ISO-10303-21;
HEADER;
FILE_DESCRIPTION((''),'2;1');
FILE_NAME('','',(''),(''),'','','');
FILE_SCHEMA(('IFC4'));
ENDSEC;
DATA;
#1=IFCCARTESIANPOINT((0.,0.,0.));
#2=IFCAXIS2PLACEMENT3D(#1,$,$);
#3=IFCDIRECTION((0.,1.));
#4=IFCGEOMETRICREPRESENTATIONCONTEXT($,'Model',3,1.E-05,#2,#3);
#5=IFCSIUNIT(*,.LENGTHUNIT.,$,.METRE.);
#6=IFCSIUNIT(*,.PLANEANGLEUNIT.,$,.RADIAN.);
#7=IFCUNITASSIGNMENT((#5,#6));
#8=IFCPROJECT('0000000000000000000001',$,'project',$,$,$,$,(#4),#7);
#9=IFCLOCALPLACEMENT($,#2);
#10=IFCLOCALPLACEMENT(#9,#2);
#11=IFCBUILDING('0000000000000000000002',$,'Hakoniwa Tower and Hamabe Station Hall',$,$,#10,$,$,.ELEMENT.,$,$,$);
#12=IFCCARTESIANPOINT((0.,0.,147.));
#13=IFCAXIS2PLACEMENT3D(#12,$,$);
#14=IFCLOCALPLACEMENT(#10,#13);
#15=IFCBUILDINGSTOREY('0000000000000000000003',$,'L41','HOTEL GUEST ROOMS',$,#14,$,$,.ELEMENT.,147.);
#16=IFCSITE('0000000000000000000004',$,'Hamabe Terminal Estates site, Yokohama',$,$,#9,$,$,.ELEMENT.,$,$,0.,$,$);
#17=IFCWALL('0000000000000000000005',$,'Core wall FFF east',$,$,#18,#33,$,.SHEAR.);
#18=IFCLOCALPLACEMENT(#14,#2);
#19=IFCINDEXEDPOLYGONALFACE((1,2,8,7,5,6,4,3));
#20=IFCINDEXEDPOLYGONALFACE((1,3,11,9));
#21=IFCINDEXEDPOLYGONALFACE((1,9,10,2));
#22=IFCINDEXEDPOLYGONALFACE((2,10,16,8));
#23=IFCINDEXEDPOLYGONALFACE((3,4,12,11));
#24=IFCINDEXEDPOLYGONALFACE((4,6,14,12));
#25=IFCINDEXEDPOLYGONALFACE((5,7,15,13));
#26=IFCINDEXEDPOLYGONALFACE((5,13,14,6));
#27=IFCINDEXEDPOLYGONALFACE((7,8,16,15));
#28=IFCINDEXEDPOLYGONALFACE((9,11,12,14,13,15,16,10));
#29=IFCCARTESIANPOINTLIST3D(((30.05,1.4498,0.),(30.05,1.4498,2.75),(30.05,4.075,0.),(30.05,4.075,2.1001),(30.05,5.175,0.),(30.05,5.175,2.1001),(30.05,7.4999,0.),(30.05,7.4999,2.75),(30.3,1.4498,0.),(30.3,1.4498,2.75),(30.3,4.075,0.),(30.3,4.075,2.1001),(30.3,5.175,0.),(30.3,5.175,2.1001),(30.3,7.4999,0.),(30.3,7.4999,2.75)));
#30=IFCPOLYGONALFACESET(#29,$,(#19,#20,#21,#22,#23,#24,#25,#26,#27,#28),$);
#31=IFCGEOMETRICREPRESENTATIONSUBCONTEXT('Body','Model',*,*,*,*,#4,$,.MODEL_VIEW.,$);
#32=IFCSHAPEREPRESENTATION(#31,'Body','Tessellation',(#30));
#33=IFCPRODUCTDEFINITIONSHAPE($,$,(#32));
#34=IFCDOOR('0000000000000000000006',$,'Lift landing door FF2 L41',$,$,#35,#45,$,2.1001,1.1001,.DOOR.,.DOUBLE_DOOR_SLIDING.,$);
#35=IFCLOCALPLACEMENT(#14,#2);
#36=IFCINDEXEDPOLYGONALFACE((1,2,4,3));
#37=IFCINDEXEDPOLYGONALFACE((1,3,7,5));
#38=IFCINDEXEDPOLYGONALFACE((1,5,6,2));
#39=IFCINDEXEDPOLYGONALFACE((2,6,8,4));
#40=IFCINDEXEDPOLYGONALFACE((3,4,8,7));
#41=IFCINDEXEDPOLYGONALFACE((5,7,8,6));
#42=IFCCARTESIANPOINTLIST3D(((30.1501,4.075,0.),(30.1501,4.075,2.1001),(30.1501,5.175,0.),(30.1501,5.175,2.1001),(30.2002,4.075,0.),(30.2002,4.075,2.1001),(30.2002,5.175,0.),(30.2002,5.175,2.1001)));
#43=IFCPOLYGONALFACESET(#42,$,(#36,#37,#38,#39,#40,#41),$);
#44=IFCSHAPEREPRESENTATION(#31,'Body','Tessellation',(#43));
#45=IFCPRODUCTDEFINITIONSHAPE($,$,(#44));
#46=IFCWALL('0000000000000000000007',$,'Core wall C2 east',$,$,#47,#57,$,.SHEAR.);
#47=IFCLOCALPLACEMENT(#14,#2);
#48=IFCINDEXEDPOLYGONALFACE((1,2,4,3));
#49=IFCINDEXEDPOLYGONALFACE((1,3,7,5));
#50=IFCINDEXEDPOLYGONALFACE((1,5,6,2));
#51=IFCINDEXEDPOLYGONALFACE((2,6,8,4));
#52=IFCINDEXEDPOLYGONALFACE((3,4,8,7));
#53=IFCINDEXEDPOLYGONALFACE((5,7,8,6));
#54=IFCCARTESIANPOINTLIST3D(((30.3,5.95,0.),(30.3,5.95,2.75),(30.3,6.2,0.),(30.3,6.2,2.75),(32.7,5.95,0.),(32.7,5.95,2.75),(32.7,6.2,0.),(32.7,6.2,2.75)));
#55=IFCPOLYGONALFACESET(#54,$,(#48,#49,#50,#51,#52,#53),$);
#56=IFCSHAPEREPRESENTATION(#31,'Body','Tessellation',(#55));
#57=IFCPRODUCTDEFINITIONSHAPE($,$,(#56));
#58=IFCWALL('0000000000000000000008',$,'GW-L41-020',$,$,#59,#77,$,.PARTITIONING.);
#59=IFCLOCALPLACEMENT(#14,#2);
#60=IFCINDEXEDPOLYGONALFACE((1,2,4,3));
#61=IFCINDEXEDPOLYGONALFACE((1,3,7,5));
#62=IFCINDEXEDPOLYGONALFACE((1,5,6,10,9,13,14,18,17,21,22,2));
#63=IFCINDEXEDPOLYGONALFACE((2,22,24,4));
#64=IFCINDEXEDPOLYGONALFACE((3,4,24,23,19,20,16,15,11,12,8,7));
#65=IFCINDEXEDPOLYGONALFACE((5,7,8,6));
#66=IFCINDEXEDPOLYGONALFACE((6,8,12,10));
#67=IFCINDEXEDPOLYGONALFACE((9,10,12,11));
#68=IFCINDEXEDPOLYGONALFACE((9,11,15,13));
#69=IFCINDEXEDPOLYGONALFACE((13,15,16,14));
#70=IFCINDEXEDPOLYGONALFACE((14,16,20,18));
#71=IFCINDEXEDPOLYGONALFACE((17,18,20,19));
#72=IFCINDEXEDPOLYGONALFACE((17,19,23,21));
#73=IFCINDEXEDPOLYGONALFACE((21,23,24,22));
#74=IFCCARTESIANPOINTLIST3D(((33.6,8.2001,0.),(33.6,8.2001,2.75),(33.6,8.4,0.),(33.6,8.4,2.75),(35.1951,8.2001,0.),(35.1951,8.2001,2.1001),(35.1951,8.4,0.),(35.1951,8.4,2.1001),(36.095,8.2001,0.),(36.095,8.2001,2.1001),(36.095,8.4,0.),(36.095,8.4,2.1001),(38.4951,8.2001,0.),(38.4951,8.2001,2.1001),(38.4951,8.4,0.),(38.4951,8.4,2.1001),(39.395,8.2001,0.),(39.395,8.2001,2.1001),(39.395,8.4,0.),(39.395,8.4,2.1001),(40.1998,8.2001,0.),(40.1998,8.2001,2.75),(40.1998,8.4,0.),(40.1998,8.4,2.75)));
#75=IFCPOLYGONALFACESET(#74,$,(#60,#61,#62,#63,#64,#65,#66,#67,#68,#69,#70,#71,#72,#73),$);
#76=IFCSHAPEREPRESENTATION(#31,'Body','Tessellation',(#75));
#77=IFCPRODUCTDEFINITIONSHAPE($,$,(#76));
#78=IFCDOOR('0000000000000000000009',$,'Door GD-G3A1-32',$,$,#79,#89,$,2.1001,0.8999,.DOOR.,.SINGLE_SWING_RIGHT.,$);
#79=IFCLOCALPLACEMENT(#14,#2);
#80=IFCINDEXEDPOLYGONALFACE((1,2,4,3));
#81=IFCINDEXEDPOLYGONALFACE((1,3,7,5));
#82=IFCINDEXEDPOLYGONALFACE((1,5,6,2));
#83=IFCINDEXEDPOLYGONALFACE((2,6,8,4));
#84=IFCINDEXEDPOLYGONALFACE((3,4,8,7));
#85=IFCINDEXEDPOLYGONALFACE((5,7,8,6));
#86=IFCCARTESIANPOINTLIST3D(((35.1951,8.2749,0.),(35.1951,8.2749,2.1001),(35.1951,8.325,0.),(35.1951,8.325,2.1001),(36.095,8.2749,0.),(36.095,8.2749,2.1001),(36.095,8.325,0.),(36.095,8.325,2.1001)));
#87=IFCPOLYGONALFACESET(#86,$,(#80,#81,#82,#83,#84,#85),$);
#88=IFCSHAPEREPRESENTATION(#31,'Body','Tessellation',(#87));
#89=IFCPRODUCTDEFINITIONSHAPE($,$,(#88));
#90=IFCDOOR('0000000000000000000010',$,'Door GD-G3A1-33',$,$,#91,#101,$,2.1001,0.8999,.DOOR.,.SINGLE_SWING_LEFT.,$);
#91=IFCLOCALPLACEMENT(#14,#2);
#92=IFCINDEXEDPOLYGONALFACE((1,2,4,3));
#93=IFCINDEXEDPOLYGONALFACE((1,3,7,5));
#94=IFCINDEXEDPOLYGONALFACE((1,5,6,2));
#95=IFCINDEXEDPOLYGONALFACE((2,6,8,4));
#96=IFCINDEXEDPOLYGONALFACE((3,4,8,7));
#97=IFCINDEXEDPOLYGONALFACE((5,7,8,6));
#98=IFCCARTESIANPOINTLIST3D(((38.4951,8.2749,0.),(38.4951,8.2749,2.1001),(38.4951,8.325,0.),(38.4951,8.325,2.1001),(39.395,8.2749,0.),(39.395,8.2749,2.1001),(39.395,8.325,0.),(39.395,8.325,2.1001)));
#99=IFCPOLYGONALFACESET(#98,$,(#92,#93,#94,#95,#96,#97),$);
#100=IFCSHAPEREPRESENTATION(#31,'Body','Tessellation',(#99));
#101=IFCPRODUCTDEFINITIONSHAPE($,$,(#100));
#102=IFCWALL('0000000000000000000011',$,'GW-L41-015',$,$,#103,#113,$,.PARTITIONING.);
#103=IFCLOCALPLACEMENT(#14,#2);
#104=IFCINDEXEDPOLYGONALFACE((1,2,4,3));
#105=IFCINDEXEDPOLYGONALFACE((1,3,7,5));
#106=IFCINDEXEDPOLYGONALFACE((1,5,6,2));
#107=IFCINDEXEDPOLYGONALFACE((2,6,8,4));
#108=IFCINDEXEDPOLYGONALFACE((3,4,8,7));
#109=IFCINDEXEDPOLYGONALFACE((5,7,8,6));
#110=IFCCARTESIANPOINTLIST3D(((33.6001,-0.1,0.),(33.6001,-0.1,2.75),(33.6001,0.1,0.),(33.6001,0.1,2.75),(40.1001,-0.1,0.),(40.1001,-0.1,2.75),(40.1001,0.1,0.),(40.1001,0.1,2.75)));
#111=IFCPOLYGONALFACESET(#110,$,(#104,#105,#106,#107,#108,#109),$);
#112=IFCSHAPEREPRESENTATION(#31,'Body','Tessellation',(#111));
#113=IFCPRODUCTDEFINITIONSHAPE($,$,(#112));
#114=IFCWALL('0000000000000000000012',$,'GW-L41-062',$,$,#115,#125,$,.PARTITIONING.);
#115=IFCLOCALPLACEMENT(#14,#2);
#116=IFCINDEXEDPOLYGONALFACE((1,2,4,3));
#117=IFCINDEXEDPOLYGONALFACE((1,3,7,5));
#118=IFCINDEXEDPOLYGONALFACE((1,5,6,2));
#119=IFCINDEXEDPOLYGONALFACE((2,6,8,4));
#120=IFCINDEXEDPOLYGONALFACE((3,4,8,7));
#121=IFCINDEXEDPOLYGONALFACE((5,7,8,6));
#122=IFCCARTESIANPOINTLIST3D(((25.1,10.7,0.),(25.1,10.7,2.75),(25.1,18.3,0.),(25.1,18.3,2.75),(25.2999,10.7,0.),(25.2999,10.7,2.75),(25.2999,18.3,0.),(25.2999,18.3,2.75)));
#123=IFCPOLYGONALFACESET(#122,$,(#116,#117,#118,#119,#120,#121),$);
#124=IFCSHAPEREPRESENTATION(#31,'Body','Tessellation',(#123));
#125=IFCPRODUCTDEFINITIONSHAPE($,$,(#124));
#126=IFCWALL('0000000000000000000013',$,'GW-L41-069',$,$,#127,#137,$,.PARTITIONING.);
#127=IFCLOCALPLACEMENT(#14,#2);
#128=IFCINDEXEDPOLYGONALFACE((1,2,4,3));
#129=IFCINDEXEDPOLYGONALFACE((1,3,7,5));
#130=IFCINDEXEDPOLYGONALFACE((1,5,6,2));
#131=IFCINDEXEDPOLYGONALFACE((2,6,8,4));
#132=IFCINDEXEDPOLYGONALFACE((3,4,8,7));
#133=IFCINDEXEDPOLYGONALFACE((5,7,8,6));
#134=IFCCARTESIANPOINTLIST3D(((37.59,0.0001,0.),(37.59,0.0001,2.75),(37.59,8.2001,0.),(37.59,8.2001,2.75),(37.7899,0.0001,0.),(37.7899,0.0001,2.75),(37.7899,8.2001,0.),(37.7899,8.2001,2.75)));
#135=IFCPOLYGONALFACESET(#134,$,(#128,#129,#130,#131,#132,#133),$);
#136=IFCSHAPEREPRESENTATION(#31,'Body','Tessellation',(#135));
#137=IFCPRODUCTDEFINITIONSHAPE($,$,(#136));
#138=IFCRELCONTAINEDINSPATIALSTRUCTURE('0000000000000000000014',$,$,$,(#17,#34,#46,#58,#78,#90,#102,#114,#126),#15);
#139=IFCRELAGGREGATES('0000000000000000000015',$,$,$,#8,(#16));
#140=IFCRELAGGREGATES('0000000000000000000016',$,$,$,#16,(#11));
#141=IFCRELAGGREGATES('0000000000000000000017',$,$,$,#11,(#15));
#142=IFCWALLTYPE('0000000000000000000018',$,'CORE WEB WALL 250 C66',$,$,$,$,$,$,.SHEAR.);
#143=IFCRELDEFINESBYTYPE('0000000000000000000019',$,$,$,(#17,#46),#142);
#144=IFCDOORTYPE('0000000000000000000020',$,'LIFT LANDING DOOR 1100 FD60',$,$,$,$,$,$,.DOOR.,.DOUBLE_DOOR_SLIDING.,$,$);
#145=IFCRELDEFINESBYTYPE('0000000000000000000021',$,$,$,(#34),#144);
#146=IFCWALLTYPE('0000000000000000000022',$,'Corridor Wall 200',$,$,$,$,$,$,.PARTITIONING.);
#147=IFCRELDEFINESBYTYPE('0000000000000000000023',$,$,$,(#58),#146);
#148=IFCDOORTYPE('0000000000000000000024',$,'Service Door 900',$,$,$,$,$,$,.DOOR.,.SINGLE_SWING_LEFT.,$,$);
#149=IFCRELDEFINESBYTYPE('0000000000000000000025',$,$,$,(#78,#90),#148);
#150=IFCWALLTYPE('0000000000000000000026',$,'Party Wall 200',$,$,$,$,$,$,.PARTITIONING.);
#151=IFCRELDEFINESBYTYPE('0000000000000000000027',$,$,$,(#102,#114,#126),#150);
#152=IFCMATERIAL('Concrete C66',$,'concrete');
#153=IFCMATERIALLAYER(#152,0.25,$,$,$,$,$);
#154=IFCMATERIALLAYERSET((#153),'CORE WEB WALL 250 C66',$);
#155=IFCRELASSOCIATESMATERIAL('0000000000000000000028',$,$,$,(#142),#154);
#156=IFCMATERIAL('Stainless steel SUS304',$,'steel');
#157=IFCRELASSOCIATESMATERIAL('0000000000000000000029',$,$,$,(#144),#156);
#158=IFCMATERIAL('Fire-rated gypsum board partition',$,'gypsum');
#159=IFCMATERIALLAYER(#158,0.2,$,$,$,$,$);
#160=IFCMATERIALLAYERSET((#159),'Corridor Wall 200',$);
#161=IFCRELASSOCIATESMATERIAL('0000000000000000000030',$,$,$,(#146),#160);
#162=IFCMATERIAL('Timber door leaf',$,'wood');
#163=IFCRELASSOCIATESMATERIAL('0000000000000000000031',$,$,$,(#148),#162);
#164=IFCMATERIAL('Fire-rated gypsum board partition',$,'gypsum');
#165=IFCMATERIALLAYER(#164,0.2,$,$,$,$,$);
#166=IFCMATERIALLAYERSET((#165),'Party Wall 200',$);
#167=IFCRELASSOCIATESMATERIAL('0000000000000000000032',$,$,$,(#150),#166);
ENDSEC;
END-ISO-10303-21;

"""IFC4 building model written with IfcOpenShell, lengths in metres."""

from ifc_helpers import new_model, si_unit, direction, frame, frame_2d, origin, place, context, subcontext, project, spatial, rectangle, extrude, material, layer, layer_set, type_object, element, fill, save


model = new_model("IFC4")

# Units and contexts
model_context = context("Model", 3, precision=1e-05, world=origin(), true_north=direction((0.0, 1.0)))
body_context = subcontext(model_context, "Body", "Model", "MODEL_VIEW")
ifc_project = project(units=[si_unit("LENGTHUNIT", "METRE"), si_unit("PLANEANGLEUNIT", "RADIAN")], contexts=[model_context])

# Site, building, storey
site_placement = place(None, origin())
site = spatial("IfcSite", under=ifc_project, at=site_placement, Name="Hamabe Terminal Estates site, Yokohama", CompositionType="ELEMENT", RefElevation=0.0)
building_placement = place(site_placement, origin())
building = spatial("IfcBuilding", under=site, at=building_placement, Name="Hakoniwa Tower and Hamabe Station Hall", CompositionType="ELEMENT")
storey_placement = place(building_placement, frame((0.0, 0.0, 147.0)))
storey = spatial("IfcBuildingStorey", under=building, at=storey_placement, Name="L41", Description="HOTEL GUEST ROOMS", CompositionType="ELEMENT", Elevation=147.0)

# Shared definitions
ifc_material_1 = material(Name="Concrete C66", Category="concrete")
ifc_layer_1 = layer(ifc_material_1, 0.25)
ifc_layer_set_1 = layer_set([ifc_layer_1], Name="CORE WEB WALL 250 C66")
wall_type_1 = type_object("IfcWallType", Name="CORE WEB WALL 250 C66", PredefinedType="SHEAR", material=ifc_layer_set_1)

# Wall, opening, door
wall_1_placement = place(storey_placement, frame((30.175, 1.45, 0.0), z_axis=(0.0, 0.0, 1.0), x_axis=(0.0, 1.0, 0.0)))
wall_1 = element("IfcWall", 1, at=wall_1_placement, inside=storey, type_object=wall_type_1, Name="Core wall FFF east", PredefinedType="SHEAR", context=body_context, shape_type="SweptSolid", body=[
    extrude(rectangle(XDim=6.05, YDim=0.25, at=frame_2d((3.0249, 0.0))), origin(), (0.0, 0.0, 1.0), 2.75),
])
opening_1_placement = place(wall_1_placement, frame((2.625, 0.0, 0.0)))
opening_1 = element("IfcOpeningElement", 2, at=opening_1_placement, cuts=wall_1, PredefinedType="OPENING", context=body_context, shape_type="SweptSolid", body=[
    extrude(rectangle(XDim=1.1001, YDim=2.1001, at=frame_2d((0.55, 1.05))), frame((0.0, 0.135, 0.0), z_axis=(0.0, -1.0, 0.0), x_axis=(1.0, 0.0, 0.0)), (0.0, 0.0, 1.0), 0.27),
])
ifc_material_2 = material(Name="Stainless steel SUS304", Category="steel")
door_type_1 = type_object("IfcDoorType", Name="LIFT LANDING DOOR 1100 FD60", OperationType="DOUBLE_DOOR_SLIDING", PredefinedType="DOOR", material=ifc_material_2)
door_1_placement = place(opening_1_placement, origin())
door_1 = element("IfcDoor", 3, at=door_1_placement, inside=storey, type_object=door_type_1, Name="Lift landing door FF2 L41", OperationType="DOUBLE_DOOR_SLIDING", OverallHeight=2.1001, OverallWidth=1.1001, PredefinedType="DOOR", context=body_context, shape_type="SweptSolid", body=[
    extrude(rectangle(XDim=1.1001, YDim=2.1001, at=frame_2d((0.55, 1.05))), frame((0.0, 0.0249, 0.0), z_axis=(0.0, -1.0, 0.0), x_axis=(1.0, 0.0, 0.0)), (0.0, 0.0, 1.0), 0.05),
])
fill(opening_1, door_1)

# Wall
wall_2_placement = place(storey_placement, frame((30.3, 6.075, 0.0), z_axis=(0.0, 0.0, 1.0), x_axis=(1.0, 0.0, 0.0)))
element("IfcWall", 4, at=wall_2_placement, inside=storey, type_object=wall_type_1, Name="Core wall C2 east", PredefinedType="SHEAR", context=body_context, shape_type="SweptSolid", body=[
    extrude(rectangle(XDim=2.3999, YDim=0.25, at=frame_2d((1.2, 0.0))), origin(), (0.0, 0.0, 1.0), 2.75),
])

# Wall, openings, doors
ifc_material_3 = material(Name="Fire-rated gypsum board partition", Category="gypsum")
ifc_layer_2 = layer(ifc_material_3, 0.2)
ifc_layer_set_2 = layer_set([ifc_layer_2], Name="Corridor Wall 200")
wall_type_2 = type_object("IfcWallType", Name="Corridor Wall 200", PredefinedType="PARTITIONING", material=ifc_layer_set_2)
wall_3_placement = place(storey_placement, frame((33.6001, 8.3, 0.0), z_axis=(0.0, 0.0, 1.0), x_axis=(1.0, 0.0, 0.0)))
wall_3 = element("IfcWall", 5, at=wall_3_placement, inside=storey, type_object=wall_type_2, Name="GW-L41-020", PredefinedType="PARTITIONING", context=body_context, shape_type="SweptSolid", body=[
    extrude(rectangle(XDim=6.5999, YDim=0.2, at=frame_2d((3.2998, 0.0))), origin(), (0.0, 0.0, 1.0), 2.75),
])
opening_2_placement = place(wall_3_placement, frame((1.595, 0.0, 0.0)))
opening_2 = element("IfcOpeningElement", 6, at=opening_2_placement, cuts=wall_3, PredefinedType="OPENING", context=body_context, shape_type="SweptSolid", body=[
    extrude(rectangle(XDim=0.8999, YDim=2.1001, at=frame_2d((0.45, 1.05))), frame((0.0, 0.1099, 0.0), z_axis=(0.0, -1.0, 0.0), x_axis=(1.0, 0.0, 0.0)), (0.0, 0.0, 1.0), 0.22),
])
opening_3_placement = place(wall_3_placement, frame((4.895, 0.0, 0.0)))
opening_3 = element("IfcOpeningElement", 7, at=opening_3_placement, cuts=wall_3, PredefinedType="OPENING", context=body_context, shape_type="SweptSolid", body=[
    extrude(rectangle(XDim=0.8999, YDim=2.1001, at=frame_2d((0.45, 1.05))), frame((0.0, 0.1099, 0.0), z_axis=(0.0, -1.0, 0.0), x_axis=(1.0, 0.0, 0.0)), (0.0, 0.0, 1.0), 0.22),
])
ifc_material_4 = material(Name="Timber door leaf", Category="wood")
door_type_2 = type_object("IfcDoorType", Name="Service Door 900", OperationType="SINGLE_SWING_LEFT", PredefinedType="DOOR", material=ifc_material_4)
door_2_placement = place(opening_2_placement, origin())
door_2 = element("IfcDoor", 8, at=door_2_placement, inside=storey, type_object=door_type_2, Name="Door GD-G3A1-32", OperationType="SINGLE_SWING_RIGHT", OverallHeight=2.1001, OverallWidth=0.8999, PredefinedType="DOOR", context=body_context, shape_type="SweptSolid", body=[
    extrude(rectangle(XDim=0.8999, YDim=2.1001, at=frame_2d((0.45, 1.05))), frame((0.0, 0.0249, 0.0), z_axis=(0.0, -1.0, 0.0), x_axis=(1.0, 0.0, 0.0)), (0.0, 0.0, 1.0), 0.05),
])
fill(opening_2, door_2)
door_3_placement = place(opening_3_placement, origin())
door_3 = element("IfcDoor", 9, at=door_3_placement, inside=storey, type_object=door_type_2, Name="Door GD-G3A1-33", OperationType="SINGLE_SWING_LEFT", OverallHeight=2.1001, OverallWidth=0.8999, PredefinedType="DOOR", context=body_context, shape_type="SweptSolid", body=[
    extrude(rectangle(XDim=0.8999, YDim=2.1001, at=frame_2d((0.45, 1.05))), frame((0.0, 0.0249, 0.0), z_axis=(0.0, -1.0, 0.0), x_axis=(1.0, 0.0, 0.0)), (0.0, 0.0, 1.0), 0.05),
])
fill(opening_3, door_3)

# Walls
ifc_material_5 = material(Name="Fire-rated gypsum board partition", Category="gypsum")
ifc_layer_3 = layer(ifc_material_5, 0.2)
ifc_layer_set_3 = layer_set([ifc_layer_3], Name="Party Wall 200")
wall_type_3 = type_object("IfcWallType", Name="Party Wall 200", PredefinedType="PARTITIONING", material=ifc_layer_set_3)
wall_4_placement = place(storey_placement, frame((33.6001, 0.0, 0.0), z_axis=(0.0, 0.0, 1.0), x_axis=(1.0, 0.0, 0.0)))
element("IfcWall", 10, at=wall_4_placement, inside=storey, type_object=wall_type_3, Name="GW-L41-015", PredefinedType="PARTITIONING", context=body_context, shape_type="SweptSolid", body=[
    extrude(rectangle(XDim=6.5, YDim=0.2, at=frame_2d((3.25, 0.0))), origin(), (0.0, 0.0, 1.0), 2.75),
])
wall_5_placement = place(storey_placement, frame((25.2, 10.7, 0.0), z_axis=(0.0, 0.0, 1.0), x_axis=(0.0, 1.0, 0.0)))
element("IfcWall", 11, at=wall_5_placement, inside=storey, type_object=wall_type_3, Name="GW-L41-062", PredefinedType="PARTITIONING", context=body_context, shape_type="SweptSolid", body=[
    extrude(rectangle(XDim=7.6001, YDim=0.2, at=frame_2d((3.8, 0.0))), origin(), (0.0, 0.0, 1.0), 2.75),
])
wall_6_placement = place(storey_placement, frame((37.6899, 0.0, 0.0), z_axis=(0.0, 0.0, 1.0), x_axis=(0.0, 1.0, 0.0)))
element("IfcWall", 12, at=wall_6_placement, inside=storey, type_object=wall_type_3, Name="GW-L41-069", PredefinedType="PARTITIONING", context=body_context, shape_type="SweptSolid", body=[
    extrude(rectangle(XDim=8.2, YDim=0.2, at=frame_2d((4.1001, 0.0))), origin(), (0.0, 0.0, 1.0), 2.75),
])

save(model, "model.ifc")
